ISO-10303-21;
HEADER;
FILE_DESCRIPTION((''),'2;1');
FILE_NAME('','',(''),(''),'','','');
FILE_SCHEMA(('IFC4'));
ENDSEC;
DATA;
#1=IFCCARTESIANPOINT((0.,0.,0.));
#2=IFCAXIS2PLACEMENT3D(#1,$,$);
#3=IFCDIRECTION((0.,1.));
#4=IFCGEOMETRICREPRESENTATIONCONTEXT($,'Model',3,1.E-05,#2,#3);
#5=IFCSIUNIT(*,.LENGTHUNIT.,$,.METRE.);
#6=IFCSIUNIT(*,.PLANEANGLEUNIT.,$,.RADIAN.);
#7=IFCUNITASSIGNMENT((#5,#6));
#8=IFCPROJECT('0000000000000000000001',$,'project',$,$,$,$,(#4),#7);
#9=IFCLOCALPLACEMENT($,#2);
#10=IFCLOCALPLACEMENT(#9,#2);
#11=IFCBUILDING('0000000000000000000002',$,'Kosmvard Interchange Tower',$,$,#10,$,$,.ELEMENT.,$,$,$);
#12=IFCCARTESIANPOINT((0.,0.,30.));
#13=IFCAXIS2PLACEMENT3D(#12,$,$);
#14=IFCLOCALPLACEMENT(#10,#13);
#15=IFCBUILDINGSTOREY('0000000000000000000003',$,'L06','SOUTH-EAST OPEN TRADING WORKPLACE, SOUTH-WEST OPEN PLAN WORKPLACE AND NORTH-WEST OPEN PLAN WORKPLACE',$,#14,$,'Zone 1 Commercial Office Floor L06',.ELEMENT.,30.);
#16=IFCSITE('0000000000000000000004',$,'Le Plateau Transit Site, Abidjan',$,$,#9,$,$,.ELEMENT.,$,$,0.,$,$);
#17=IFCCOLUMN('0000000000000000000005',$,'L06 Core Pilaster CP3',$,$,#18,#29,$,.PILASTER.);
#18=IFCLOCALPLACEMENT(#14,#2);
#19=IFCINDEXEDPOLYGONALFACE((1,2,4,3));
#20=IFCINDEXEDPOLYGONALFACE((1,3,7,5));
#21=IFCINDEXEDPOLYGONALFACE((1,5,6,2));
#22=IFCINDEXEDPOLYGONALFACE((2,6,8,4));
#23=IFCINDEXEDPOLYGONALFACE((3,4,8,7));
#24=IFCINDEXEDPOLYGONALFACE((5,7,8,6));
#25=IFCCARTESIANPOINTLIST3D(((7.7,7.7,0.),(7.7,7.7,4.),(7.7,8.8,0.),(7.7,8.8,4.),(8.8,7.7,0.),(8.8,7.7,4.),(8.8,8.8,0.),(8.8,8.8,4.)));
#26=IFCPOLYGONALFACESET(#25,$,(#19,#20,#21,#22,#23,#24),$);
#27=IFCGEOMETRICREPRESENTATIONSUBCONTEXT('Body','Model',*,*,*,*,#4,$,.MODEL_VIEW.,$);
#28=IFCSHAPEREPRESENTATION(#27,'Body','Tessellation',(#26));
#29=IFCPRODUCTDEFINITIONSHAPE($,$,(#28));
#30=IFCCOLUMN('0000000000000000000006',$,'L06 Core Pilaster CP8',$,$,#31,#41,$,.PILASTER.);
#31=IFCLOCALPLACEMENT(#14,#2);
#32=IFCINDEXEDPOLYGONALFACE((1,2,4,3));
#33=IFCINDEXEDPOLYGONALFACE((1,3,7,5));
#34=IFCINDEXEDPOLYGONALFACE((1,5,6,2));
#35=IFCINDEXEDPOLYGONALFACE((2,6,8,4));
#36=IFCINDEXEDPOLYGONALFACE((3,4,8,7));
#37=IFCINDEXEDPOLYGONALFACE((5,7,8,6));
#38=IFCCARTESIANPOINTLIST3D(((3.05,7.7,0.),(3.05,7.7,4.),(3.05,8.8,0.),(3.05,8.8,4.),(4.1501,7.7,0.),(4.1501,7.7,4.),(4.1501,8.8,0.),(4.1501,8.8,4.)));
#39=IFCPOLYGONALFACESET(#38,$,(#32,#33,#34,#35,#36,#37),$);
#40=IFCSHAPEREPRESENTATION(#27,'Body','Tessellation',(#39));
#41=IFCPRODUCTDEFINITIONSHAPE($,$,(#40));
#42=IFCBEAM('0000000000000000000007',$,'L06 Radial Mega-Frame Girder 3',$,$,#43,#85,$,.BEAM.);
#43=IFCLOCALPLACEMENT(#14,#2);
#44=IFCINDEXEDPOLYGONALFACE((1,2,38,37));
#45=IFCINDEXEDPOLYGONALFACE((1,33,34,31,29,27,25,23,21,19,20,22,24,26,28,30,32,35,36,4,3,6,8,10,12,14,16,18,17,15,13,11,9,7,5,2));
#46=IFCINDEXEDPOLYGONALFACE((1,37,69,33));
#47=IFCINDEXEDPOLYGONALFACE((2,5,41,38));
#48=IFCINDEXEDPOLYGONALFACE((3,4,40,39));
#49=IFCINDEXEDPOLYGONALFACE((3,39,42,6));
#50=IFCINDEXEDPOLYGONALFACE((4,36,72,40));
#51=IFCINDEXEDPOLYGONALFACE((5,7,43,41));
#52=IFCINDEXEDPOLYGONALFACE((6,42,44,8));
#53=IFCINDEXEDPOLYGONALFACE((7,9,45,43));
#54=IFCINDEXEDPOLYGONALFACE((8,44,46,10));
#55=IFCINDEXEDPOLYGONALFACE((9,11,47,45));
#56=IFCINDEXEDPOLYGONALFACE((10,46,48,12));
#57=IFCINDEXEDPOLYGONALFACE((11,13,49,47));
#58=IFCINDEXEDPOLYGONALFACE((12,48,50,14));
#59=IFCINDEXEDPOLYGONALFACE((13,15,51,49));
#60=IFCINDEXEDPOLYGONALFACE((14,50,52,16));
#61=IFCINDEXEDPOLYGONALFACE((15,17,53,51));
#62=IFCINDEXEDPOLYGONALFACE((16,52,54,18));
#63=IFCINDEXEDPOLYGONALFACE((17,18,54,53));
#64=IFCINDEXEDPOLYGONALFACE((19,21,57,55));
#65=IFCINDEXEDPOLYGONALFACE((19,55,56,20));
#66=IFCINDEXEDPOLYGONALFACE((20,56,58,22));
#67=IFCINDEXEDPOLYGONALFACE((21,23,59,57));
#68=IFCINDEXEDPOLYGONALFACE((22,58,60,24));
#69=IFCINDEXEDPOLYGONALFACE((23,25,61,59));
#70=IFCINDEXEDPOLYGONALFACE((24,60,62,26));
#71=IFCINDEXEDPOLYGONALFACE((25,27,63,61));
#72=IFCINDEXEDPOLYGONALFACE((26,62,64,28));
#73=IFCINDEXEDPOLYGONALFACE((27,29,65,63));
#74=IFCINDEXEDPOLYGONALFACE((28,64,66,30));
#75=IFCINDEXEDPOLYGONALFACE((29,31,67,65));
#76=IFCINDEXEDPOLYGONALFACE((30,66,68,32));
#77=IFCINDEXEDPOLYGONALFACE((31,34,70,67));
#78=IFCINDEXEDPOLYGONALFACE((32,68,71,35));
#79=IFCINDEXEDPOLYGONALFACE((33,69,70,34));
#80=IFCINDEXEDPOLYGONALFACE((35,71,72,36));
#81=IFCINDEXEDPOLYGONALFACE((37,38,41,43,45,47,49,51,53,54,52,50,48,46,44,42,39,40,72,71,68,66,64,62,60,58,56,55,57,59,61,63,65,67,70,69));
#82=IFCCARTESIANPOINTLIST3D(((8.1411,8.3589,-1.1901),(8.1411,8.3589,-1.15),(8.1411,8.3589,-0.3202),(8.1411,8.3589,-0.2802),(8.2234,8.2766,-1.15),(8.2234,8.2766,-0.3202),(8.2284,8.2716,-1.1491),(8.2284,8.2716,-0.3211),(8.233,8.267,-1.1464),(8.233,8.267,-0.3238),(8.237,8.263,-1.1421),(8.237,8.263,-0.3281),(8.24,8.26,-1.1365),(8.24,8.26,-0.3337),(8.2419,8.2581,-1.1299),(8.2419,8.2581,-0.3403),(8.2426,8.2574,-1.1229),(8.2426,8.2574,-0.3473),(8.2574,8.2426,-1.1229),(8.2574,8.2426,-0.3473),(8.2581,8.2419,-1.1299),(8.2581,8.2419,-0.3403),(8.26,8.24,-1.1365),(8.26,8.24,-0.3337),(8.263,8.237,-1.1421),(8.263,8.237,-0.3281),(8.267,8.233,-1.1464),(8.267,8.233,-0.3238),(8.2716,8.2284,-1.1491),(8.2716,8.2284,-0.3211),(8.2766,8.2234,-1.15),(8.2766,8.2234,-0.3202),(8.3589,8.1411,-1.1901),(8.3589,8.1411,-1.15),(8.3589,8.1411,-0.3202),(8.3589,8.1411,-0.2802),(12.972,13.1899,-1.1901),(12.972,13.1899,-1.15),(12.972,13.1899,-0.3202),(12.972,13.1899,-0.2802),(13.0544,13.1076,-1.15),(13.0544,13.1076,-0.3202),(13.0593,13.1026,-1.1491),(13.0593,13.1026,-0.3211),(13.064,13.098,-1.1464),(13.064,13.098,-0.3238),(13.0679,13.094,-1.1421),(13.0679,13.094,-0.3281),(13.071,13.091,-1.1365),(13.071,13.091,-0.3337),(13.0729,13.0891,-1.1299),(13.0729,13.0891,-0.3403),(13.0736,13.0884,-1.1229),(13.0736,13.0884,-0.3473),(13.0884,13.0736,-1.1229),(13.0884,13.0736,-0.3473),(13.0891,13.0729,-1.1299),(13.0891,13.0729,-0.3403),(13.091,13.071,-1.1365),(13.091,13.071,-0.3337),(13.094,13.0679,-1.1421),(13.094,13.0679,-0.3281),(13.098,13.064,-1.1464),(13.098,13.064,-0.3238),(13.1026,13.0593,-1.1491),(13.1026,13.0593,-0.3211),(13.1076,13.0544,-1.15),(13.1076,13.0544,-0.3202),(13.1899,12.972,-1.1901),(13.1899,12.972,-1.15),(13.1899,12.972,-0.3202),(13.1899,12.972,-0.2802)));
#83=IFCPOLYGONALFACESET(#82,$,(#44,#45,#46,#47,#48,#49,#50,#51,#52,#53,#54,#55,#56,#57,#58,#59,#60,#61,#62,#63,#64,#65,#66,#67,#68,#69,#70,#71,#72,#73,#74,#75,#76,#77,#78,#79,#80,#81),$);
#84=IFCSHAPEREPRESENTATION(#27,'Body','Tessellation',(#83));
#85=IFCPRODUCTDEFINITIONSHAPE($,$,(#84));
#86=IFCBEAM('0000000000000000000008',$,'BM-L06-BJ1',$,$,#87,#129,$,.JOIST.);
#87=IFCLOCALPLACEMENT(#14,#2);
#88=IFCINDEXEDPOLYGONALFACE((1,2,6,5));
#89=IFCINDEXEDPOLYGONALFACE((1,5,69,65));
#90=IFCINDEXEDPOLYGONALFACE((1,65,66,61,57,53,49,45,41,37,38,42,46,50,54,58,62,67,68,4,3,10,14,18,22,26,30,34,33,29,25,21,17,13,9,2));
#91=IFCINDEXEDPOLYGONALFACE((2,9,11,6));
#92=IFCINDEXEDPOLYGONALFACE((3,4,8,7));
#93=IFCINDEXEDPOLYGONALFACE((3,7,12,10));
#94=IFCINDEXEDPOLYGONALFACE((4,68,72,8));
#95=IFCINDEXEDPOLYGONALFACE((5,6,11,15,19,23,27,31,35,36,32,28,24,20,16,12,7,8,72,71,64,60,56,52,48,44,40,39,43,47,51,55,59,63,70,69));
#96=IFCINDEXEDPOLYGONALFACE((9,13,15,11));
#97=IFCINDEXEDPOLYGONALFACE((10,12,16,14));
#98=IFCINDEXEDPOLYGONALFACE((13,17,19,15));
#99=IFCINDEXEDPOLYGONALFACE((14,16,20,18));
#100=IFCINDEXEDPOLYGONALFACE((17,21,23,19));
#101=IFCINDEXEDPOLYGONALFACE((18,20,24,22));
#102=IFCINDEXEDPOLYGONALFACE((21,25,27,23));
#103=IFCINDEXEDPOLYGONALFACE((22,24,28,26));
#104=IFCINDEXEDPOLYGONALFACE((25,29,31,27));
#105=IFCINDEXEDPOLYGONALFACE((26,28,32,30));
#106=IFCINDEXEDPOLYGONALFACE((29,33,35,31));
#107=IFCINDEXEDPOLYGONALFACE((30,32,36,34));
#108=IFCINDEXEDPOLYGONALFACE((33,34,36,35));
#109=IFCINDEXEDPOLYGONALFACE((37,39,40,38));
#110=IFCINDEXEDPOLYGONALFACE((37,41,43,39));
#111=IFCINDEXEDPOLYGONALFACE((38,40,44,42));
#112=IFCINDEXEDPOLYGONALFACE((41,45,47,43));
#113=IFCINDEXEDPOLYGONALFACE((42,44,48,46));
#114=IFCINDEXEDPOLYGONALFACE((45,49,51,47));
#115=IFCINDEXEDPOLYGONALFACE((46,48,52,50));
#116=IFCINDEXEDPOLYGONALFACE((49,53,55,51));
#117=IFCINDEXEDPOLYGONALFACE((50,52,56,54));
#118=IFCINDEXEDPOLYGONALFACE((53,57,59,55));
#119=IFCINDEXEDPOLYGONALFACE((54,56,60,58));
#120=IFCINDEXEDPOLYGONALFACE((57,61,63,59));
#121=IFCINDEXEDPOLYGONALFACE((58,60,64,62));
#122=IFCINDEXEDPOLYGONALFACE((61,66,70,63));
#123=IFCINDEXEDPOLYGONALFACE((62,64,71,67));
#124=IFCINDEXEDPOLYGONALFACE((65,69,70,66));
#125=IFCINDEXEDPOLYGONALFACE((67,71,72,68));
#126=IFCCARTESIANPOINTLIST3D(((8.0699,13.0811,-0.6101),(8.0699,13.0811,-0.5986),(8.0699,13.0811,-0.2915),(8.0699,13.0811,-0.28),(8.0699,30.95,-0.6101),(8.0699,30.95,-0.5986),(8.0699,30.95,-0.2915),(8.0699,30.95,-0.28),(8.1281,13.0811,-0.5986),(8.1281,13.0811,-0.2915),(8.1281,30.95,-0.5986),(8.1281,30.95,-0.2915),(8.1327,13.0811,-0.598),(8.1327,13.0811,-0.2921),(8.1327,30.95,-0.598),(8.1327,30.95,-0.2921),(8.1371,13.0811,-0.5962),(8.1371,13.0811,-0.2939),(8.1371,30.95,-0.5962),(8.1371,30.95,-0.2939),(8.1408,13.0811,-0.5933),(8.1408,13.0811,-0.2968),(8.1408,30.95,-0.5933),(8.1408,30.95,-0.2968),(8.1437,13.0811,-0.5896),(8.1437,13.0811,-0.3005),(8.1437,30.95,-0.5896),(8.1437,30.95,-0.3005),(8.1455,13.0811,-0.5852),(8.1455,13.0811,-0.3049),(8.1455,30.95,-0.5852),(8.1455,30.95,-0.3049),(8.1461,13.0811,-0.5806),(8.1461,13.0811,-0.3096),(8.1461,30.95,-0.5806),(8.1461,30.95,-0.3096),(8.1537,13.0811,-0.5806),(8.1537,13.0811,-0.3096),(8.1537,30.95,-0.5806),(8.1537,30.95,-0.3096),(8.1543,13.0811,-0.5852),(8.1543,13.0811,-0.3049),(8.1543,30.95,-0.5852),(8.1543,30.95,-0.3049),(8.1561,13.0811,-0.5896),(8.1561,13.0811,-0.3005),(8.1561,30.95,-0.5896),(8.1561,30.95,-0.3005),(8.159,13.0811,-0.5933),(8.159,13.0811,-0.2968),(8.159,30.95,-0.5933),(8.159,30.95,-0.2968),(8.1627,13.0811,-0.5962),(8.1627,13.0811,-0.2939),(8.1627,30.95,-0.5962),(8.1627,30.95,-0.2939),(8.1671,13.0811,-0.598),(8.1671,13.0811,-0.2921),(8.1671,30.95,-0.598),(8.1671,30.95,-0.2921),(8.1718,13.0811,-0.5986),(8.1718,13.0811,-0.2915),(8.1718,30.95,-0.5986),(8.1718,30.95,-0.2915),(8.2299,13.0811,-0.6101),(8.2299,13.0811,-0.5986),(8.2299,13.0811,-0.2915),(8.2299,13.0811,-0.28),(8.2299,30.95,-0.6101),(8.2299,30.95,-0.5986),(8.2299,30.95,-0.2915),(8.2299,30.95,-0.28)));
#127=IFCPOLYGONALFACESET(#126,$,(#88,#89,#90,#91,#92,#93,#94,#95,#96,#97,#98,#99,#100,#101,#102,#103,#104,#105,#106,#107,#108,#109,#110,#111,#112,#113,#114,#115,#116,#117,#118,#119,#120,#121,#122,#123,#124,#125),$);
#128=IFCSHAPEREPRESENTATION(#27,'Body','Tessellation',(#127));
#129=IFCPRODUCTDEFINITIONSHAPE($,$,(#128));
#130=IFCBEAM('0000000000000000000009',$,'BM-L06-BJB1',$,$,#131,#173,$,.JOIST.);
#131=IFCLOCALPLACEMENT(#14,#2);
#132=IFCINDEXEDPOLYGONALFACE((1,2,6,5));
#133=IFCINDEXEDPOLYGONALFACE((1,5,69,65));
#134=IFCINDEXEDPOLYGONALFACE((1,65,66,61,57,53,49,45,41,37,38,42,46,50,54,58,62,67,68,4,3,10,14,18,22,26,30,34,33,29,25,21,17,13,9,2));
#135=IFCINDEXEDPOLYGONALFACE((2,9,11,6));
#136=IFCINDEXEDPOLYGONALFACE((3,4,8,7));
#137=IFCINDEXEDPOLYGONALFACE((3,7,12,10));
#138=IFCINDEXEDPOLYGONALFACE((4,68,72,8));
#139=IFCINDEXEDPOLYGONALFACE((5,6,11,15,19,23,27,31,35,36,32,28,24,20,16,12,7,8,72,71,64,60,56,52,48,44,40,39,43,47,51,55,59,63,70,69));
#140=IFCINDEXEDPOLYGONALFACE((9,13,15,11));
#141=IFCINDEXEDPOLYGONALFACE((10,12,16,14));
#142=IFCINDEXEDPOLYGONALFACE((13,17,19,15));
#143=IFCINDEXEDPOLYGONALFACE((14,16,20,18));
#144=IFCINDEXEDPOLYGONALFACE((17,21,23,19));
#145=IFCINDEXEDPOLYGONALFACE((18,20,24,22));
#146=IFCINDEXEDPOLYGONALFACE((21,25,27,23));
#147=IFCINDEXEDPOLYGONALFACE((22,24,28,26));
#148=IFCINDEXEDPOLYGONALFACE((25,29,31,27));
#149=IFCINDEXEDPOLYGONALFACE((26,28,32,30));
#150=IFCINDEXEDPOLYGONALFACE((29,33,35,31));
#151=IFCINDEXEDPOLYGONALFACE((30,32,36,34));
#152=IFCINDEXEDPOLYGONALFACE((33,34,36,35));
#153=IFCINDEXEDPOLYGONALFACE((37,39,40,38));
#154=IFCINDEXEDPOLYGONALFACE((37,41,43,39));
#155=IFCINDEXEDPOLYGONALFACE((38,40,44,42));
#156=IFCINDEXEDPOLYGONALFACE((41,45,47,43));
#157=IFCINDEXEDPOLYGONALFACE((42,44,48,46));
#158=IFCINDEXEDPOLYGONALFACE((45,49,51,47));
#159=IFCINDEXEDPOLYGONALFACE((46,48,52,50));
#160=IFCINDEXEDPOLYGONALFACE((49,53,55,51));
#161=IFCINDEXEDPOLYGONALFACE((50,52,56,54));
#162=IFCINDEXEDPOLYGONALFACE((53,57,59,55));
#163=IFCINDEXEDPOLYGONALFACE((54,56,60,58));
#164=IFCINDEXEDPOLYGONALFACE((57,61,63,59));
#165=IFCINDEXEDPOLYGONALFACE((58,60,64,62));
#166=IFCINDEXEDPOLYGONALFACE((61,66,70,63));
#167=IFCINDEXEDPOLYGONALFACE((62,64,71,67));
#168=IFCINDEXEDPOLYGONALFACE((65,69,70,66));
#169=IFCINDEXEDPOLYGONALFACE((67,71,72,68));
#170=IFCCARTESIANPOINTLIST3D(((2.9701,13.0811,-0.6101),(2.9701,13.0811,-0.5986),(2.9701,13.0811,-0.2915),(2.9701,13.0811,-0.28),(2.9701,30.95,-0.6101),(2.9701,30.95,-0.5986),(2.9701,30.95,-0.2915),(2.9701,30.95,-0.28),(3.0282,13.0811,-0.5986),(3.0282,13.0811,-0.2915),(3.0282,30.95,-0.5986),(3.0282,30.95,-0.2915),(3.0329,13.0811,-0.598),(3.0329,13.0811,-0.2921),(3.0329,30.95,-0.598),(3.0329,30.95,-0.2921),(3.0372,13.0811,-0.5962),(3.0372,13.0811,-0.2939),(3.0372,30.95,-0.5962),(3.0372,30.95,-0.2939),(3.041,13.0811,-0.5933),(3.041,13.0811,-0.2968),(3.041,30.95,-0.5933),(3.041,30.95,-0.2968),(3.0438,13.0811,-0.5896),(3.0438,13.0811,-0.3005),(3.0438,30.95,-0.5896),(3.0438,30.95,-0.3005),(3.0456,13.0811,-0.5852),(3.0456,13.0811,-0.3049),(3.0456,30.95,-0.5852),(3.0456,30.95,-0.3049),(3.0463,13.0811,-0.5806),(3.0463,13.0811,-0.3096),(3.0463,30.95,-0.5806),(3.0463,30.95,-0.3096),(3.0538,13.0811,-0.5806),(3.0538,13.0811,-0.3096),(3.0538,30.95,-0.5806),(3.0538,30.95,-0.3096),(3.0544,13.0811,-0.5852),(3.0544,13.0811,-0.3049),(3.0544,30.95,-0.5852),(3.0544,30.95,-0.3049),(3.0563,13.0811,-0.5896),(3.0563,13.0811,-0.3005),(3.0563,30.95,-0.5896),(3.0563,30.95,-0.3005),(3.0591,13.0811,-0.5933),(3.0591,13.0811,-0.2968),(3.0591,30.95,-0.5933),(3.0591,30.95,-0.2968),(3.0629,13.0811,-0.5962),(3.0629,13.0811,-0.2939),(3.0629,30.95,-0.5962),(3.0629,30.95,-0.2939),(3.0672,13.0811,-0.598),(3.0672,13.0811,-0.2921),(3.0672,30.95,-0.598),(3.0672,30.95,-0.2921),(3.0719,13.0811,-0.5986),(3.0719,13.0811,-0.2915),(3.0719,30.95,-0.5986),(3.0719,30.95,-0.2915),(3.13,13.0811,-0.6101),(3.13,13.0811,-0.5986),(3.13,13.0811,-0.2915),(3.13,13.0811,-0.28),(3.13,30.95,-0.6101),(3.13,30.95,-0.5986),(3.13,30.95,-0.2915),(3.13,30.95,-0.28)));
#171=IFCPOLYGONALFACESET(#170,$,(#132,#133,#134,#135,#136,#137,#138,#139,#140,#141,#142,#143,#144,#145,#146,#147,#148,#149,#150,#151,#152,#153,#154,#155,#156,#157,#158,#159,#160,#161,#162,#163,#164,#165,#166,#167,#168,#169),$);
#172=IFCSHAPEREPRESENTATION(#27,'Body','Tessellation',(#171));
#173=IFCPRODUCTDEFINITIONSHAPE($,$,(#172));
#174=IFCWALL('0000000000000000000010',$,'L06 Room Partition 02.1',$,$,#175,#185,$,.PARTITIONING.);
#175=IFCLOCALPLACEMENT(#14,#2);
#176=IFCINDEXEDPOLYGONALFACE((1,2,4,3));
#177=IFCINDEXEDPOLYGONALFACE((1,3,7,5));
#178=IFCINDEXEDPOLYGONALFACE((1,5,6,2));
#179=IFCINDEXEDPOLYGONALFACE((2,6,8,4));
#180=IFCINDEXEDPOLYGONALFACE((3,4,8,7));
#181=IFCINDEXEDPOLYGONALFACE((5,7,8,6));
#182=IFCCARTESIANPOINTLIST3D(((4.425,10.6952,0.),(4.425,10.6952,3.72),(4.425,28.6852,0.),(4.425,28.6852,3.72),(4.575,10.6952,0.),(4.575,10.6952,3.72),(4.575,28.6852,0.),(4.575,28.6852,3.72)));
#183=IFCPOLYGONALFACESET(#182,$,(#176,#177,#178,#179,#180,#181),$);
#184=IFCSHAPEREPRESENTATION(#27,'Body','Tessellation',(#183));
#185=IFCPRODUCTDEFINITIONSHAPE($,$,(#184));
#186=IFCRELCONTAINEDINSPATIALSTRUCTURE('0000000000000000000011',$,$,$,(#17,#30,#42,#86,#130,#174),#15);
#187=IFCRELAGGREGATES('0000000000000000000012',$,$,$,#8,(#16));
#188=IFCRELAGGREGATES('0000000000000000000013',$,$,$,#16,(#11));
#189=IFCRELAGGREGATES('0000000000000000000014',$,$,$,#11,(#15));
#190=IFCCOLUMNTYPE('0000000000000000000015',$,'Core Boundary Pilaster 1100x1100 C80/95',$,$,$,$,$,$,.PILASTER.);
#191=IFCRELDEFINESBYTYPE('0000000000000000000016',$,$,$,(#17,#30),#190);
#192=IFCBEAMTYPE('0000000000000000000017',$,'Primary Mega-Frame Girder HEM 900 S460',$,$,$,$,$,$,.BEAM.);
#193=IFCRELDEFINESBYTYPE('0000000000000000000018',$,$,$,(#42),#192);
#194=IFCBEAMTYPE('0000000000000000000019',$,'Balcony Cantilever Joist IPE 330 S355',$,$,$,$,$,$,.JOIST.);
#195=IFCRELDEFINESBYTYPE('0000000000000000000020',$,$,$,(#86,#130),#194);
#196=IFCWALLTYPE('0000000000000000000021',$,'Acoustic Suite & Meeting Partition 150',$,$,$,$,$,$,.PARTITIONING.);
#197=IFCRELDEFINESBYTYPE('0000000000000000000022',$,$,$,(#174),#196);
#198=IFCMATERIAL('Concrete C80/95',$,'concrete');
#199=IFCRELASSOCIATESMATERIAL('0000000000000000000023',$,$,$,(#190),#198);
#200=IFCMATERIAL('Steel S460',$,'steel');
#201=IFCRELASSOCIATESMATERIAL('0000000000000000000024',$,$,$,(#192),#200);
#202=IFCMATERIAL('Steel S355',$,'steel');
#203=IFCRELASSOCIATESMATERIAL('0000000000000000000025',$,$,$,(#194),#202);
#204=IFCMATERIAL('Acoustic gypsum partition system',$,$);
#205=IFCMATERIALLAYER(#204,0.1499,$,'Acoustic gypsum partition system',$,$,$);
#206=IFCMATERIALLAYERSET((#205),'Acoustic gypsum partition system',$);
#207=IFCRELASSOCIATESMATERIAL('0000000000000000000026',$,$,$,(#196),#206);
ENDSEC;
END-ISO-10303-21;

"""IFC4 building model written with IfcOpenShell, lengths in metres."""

from ifc_helpers import new_model, si_unit, direction, frame, frame_2d, origin, origin_2d, place, context, subcontext, project, spatial, rectangle, i_section, extrude, source, transform, mapped, material, layer, layer_set, material_profile, profile_set, type_object, element, save


model = new_model("IFC4")

# Units and contexts
model_context = context("Model", 3, precision=1e-05, world=origin(), true_north=direction((0.0, 1.0)))
body_context = subcontext(model_context, "Body", "Model", "MODEL_VIEW")
ifc_project = project(units=[si_unit("LENGTHUNIT", "METRE"), si_unit("PLANEANGLEUNIT", "RADIAN")], contexts=[model_context])

# Site, building, storey
site_placement = place(None, origin())
site = spatial("IfcSite", under=ifc_project, at=site_placement, Name="Le Plateau Transit Site, Abidjan", CompositionType="ELEMENT", RefElevation=0.0)
building_placement = place(site_placement, origin())
building = spatial("IfcBuilding", under=site, at=building_placement, Name="Kosmvard Interchange Tower", CompositionType="ELEMENT")
storey_placement = place(building_placement, frame((0.0, 0.0, 30.0)))
storey = spatial("IfcBuildingStorey", under=building, at=storey_placement, Name="L06", Description="SOUTH-EAST OPEN TRADING WORKPLACE, SOUTH-WEST OPEN PLAN WORKPLACE AND NORTH-WEST OPEN PLAN WORKPLACE", LongName="Zone 1 Commercial Office Floor L06", CompositionType="ELEMENT", Elevation=30.0)

# Columns
ifc_material_1 = material(Name="Concrete C80/95", Category="concrete")
ifc_material_profile_1 = material_profile(ifc_material_1, rectangle(XDim=1.1001, YDim=1.1001, at=origin_2d()), Name="CP 1100x1100")
ifc_profile_set_1 = profile_set([ifc_material_profile_1], Name="Concrete C80/95")
column_type = type_object("IfcColumnType", Name="Core Boundary Pilaster 1100x1100 C80/95", PredefinedType="PILASTER", material=ifc_profile_set_1)
shared_shape_1 = source(origin(), body_context, "Body", "SweptSolid", [
    extrude(rectangle(XDim=1.1001, YDim=1.1001, at=origin_2d()), origin(), (0.0, 0.0, 1.0), 4.0),
])
for number, where, z_axis, x_axis, name in (
    (1, (8.25, 8.25, 0.0), (0.0, 0.0, 1.0), (1.0, 0.0, 0.0), "L06 Core Pilaster CP3"),
    (2, (3.6001, 8.25, 0.0), (0.0, 0.0, 1.0), (1.0, 0.0, 0.0), "L06 Core Pilaster CP8"),
):
    element("IfcColumn", number, at=place(storey_placement, frame(where, z_axis=z_axis, x_axis=x_axis)), inside=storey, type_object=column_type, Name=name, PredefinedType="PILASTER", context=body_context, shape_type="MappedRepresentation", body=[
        mapped(shared_shape_1, transform((0.0, 0.0, 0.0), scale=1.0)),
    ])

# Beams
ifc_material_2 = material(Name="Steel S460", Category="steel")
ifc_material_profile_2 = material_profile(ifc_material_2, i_section(OverallWidth=0.3081, OverallDepth=0.9099, WebThickness=0.021, FlangeThickness=0.04, FilletRadius=0.0271, at=origin_2d()), Name="HEM 900")
ifc_profile_set_2 = profile_set([ifc_material_profile_2], Name="Steel S460")
beam_type_1 = type_object("IfcBeamType", Name="Primary Mega-Frame Girder HEM 900 S460", PredefinedType="BEAM", material=ifc_profile_set_2)
shared_shape_2 = source(origin(), body_context, "Body", "SweptSolid", [
    extrude(i_section(OverallWidth=0.3081, OverallDepth=0.9099, WebThickness=0.021, FlangeThickness=0.04, FilletRadius=0.0271, at=origin_2d()), origin(), (0.0, 0.0, 1.0), 6.832),
])
beam_placement = place(storey_placement, frame((8.25, 8.25, -0.7351), z_axis=(0.707107, 0.707107, 0.0), x_axis=(-0.707107, 0.707107, 0.0)))
element("IfcBeam", 3, at=beam_placement, inside=storey, type_object=beam_type_1, Name="L06 Radial Mega-Frame Girder 3", PredefinedType="BEAM", context=body_context, shape_type="MappedRepresentation", body=[
    mapped(shared_shape_2, transform((0.0, 0.0, 0.0), scale=1.0)),
])
ifc_material_3 = material(Name="Steel S355", Category="steel")
ifc_material_profile_3 = material_profile(ifc_material_3, i_section(OverallWidth=0.1599, OverallDepth=0.3301, WebThickness=0.0076, FlangeThickness=0.0115, FilletRadius=0.0181, at=origin_2d()), Name="IPE 330")
ifc_profile_set_3 = profile_set([ifc_material_profile_3], Name="Steel S355")
beam_type_2 = type_object("IfcBeamType", Name="Balcony Cantilever Joist IPE 330 S355", PredefinedType="JOIST", material=ifc_profile_set_3)
shared_shape_3 = source(origin(), body_context, "Body", "SweptSolid", [
    extrude(i_section(OverallWidth=0.1599, OverallDepth=0.3301, WebThickness=0.0076, FlangeThickness=0.0115, FilletRadius=0.0181, at=origin_2d()), origin(), (0.0, 0.0, 1.0), 17.8689),
])
for number, where, z_axis, x_axis, name in (
    (4, (8.1499, 13.0811, -0.4451), (0.0, 1.0, 0.0), (-1.0, 0.0, 0.0), "BM-L06-BJ1"),
    (5, (3.05, 13.0811, -0.4451), (0.0, 1.0, 0.0), (-1.0, 0.0, 0.0), "BM-L06-BJB1"),
):
    element("IfcBeam", number, at=place(storey_placement, frame(where, z_axis=z_axis, x_axis=x_axis)), inside=storey, type_object=beam_type_2, Name=name, PredefinedType="JOIST", context=body_context, shape_type="MappedRepresentation", body=[
        mapped(shared_shape_3, transform((0.0, 0.0, 0.0), scale=1.0)),
    ])

# Wall
ifc_material_4 = material(Name="Acoustic gypsum partition system")
ifc_layer_1 = layer(ifc_material_4, 0.1499, Name="Acoustic gypsum partition system")
ifc_layer_set_1 = layer_set([ifc_layer_1], Name="Acoustic gypsum partition system")
wall_type_1 = type_object("IfcWallType", Name="Acoustic Suite & Meeting Partition 150", PredefinedType="PARTITIONING", material=ifc_layer_set_1)
wall_1_placement = place(storey_placement, frame((4.5, 10.6951, 0.0), z_axis=(0.0, 0.0, 1.0), x_axis=(0.0, 1.0, 0.0)))
element("IfcWall", 6, at=wall_1_placement, inside=storey, type_object=wall_type_1, Name="L06 Room Partition 02.1", PredefinedType="PARTITIONING", context=body_context, shape_type="SweptSolid", body=[
    extrude(rectangle(XDim=17.99, YDim=0.1499, at=frame_2d((8.9951, 0.0))), origin(), (0.0, 0.0, 1.0), 3.72),
])

save(model, "model.ifc")
